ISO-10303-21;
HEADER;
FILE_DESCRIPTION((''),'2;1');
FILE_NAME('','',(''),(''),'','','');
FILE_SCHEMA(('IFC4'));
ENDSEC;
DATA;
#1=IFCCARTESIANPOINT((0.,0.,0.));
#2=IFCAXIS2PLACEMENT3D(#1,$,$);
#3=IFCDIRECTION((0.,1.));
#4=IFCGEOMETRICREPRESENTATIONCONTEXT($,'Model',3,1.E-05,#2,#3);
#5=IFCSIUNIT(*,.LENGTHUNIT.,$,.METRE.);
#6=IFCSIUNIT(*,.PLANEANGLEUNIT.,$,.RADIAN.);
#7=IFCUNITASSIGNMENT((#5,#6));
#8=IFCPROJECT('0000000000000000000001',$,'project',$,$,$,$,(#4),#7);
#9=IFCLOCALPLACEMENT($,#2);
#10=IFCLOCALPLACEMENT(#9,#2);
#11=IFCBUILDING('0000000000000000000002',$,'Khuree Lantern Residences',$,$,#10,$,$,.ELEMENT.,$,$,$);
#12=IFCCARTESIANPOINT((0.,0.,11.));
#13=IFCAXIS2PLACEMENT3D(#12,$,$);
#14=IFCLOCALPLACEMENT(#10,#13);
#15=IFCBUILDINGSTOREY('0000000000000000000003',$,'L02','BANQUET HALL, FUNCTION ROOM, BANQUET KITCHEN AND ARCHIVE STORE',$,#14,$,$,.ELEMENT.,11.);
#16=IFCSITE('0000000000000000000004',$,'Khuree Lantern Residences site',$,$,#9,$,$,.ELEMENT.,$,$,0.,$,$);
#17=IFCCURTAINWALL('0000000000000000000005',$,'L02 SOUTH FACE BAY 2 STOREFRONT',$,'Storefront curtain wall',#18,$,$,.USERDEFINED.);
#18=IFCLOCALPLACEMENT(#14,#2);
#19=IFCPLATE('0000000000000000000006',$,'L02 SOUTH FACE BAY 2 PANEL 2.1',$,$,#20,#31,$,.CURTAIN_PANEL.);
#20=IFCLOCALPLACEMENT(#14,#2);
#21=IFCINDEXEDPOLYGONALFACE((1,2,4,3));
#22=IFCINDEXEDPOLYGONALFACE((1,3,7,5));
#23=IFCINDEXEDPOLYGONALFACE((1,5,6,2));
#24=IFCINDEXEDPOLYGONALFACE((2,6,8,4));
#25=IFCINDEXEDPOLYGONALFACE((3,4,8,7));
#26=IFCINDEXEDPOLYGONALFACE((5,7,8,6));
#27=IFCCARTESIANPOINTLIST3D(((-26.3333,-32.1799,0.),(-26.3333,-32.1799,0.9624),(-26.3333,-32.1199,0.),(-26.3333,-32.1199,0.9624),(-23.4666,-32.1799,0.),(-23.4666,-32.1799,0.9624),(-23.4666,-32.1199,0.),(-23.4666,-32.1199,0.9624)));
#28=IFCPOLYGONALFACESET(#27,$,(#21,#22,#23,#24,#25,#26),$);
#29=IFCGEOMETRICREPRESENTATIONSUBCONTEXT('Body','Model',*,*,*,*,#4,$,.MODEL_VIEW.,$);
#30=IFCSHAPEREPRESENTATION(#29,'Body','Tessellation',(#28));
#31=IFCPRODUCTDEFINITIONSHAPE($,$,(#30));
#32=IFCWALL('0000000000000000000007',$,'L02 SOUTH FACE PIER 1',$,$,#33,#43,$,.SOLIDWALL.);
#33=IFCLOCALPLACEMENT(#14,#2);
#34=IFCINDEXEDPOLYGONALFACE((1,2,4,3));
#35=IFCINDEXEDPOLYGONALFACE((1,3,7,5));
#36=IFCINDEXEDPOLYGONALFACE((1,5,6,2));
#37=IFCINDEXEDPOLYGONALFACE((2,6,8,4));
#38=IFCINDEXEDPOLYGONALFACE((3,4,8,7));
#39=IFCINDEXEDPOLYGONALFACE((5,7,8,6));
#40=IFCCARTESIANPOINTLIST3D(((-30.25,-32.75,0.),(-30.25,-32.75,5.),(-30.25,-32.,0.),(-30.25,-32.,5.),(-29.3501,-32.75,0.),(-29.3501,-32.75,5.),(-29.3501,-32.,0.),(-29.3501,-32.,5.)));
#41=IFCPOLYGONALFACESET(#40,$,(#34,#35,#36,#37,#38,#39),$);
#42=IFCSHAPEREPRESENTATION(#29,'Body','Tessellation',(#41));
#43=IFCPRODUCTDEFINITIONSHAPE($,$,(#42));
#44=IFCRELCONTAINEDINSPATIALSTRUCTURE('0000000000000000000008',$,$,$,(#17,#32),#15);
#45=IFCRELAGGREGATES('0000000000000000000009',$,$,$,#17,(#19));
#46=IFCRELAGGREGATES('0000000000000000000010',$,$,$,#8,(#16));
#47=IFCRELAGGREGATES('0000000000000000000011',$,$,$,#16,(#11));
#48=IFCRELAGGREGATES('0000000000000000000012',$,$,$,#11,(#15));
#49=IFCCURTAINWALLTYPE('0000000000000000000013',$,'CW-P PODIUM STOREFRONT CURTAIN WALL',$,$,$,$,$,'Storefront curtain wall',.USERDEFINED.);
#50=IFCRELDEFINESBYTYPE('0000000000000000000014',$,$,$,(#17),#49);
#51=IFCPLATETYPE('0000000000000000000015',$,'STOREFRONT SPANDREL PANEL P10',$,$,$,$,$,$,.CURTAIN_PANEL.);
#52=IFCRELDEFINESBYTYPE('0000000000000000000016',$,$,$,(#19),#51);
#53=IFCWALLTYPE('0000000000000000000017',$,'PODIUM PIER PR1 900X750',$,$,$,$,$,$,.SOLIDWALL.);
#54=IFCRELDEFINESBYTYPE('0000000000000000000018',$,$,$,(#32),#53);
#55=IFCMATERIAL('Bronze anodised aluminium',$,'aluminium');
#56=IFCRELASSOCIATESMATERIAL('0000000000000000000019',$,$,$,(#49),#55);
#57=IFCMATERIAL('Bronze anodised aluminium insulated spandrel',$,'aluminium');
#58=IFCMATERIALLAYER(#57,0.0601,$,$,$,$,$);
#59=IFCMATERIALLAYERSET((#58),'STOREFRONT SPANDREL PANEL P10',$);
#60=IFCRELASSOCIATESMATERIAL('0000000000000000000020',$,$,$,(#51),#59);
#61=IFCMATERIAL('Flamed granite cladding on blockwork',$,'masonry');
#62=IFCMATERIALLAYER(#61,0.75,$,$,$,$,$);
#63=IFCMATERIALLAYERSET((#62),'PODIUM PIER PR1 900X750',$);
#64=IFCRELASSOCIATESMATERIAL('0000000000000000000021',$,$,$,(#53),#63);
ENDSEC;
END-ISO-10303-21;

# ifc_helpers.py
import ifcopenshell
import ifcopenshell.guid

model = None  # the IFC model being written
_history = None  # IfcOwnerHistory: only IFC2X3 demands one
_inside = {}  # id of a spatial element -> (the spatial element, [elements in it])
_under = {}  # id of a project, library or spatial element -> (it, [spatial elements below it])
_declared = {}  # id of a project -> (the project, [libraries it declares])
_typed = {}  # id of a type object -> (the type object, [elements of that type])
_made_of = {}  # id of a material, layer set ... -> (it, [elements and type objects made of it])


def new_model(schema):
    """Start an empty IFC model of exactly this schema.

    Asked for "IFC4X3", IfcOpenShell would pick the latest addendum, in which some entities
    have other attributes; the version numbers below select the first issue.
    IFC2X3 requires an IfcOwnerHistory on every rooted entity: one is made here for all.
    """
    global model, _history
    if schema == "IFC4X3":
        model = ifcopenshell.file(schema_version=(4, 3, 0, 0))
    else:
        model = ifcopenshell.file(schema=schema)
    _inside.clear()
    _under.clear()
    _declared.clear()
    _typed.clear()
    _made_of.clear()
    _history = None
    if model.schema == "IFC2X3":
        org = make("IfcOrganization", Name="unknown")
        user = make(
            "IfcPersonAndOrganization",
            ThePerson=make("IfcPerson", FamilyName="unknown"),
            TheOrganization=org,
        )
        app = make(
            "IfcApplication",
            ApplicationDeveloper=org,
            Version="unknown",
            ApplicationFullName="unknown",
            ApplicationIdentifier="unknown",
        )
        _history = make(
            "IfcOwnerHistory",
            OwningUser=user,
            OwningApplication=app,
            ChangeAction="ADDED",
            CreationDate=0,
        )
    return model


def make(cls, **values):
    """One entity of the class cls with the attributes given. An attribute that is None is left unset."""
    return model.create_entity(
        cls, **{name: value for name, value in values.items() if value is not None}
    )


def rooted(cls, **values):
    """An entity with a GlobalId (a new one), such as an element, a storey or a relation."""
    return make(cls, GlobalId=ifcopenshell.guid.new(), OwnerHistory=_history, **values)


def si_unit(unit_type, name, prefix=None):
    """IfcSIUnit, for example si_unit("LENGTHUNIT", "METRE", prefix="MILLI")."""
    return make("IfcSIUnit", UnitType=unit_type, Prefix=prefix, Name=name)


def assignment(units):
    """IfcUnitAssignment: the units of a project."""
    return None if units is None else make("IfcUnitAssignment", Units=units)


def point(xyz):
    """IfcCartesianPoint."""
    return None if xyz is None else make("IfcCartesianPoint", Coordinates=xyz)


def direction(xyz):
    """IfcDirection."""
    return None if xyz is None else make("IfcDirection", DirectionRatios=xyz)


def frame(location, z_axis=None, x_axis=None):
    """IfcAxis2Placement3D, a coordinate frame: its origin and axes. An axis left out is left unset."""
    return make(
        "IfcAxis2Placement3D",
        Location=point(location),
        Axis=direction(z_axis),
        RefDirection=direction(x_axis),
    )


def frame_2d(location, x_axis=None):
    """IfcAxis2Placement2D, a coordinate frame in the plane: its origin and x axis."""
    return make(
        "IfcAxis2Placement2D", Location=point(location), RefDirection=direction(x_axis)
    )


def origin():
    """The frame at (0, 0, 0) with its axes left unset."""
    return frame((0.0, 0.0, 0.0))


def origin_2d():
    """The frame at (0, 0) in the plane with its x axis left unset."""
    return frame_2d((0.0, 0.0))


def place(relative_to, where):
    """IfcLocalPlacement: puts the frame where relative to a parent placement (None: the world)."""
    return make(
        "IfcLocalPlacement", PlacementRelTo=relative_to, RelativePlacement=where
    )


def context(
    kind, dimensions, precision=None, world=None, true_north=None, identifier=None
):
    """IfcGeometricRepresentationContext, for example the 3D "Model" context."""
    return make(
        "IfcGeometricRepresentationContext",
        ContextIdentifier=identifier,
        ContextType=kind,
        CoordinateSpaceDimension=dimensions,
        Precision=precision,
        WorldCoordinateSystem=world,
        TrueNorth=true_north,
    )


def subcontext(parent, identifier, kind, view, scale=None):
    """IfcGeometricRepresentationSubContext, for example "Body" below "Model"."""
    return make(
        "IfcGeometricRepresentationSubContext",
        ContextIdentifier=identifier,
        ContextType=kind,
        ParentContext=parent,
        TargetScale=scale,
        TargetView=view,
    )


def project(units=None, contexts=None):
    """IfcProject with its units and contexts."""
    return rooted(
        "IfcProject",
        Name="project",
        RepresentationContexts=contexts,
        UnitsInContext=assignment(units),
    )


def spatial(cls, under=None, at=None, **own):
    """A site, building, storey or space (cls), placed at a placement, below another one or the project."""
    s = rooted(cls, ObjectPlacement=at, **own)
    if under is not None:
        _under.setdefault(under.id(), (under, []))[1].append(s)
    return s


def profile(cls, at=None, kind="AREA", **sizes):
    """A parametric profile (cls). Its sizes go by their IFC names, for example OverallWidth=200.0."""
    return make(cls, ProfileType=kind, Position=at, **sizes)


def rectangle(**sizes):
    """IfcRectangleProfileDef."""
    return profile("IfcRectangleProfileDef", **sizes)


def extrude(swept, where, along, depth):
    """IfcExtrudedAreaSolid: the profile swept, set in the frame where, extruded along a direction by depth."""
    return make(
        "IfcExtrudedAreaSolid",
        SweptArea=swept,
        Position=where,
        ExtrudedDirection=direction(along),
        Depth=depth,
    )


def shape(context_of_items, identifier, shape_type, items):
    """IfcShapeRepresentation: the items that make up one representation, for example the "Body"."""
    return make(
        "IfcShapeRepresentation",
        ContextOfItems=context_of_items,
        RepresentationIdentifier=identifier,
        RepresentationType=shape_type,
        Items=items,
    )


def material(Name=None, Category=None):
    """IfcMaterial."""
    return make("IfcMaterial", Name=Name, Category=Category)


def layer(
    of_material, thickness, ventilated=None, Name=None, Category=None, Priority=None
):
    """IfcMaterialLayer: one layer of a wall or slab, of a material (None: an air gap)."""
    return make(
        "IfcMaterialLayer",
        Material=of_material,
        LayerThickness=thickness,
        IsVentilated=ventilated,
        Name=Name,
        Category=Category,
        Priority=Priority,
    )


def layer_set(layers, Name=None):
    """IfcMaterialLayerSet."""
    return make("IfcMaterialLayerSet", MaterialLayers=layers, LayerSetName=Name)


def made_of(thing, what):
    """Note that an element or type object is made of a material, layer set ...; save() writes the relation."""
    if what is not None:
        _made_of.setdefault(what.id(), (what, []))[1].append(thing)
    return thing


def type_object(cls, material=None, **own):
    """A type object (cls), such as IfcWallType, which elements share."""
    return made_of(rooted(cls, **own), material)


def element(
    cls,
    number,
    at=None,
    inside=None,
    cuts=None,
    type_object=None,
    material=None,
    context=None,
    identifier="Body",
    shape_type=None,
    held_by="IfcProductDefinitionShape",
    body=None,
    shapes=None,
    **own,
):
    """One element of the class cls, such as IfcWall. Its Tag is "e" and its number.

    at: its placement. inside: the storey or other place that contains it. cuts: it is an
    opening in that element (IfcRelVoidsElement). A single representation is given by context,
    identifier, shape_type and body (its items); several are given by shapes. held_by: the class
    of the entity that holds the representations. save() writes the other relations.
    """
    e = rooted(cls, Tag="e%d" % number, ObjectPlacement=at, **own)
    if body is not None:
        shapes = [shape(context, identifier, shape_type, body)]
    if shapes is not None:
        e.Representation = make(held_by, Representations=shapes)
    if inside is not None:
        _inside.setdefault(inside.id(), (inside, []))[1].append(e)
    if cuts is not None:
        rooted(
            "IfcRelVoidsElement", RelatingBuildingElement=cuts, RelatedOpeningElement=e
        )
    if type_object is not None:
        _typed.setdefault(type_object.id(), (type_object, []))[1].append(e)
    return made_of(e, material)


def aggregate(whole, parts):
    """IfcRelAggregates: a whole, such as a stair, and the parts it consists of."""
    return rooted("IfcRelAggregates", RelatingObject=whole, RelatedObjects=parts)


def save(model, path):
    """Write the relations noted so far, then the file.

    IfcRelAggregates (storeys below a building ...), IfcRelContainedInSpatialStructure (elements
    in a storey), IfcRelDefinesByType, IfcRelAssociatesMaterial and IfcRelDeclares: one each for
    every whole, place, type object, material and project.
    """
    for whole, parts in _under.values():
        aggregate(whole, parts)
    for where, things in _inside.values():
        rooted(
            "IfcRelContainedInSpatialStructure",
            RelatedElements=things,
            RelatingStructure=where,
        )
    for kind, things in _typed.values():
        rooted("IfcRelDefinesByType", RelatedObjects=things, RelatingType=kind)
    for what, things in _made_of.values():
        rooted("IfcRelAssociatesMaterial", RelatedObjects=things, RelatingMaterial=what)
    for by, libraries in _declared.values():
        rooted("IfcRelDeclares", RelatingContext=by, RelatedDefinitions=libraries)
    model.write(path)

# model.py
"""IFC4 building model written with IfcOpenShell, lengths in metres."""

from ifc_helpers import new_model, si_unit, direction, frame, frame_2d, origin, origin_2d, place, context, subcontext, project, spatial, rectangle, extrude, material, layer, layer_set, type_object, element, aggregate, save


model = new_model("IFC4")

# Units and contexts
model_context = context("Model", 3, precision=1e-05, world=origin(), true_north=direction((0.0, 1.0)))
body_context = subcontext(model_context, "Body", "Model", "MODEL_VIEW")
ifc_project = project(units=[si_unit("LENGTHUNIT", "METRE"), si_unit("PLANEANGLEUNIT", "RADIAN")], contexts=[model_context])

# Site, building, storey
site_placement = place(None, origin())
site = spatial("IfcSite", under=ifc_project, at=site_placement, Name="Khuree Lantern Residences site", CompositionType="ELEMENT", RefElevation=0.0)
building_placement = place(site_placement, origin())
building = spatial("IfcBuilding", under=site, at=building_placement, Name="Khuree Lantern Residences", CompositionType="ELEMENT")
storey_placement = place(building_placement, frame((0.0, 0.0, 11.0)))
storey = spatial("IfcBuildingStorey", under=building, at=storey_placement, Name="L02", Description="BANQUET HALL, FUNCTION ROOM, BANQUET KITCHEN AND ARCHIVE STORE", CompositionType="ELEMENT", Elevation=11.0)

# Curtain wall
ifc_material_1 = material(Name="Bronze anodised aluminium", Category="aluminium")
curtain_wall_type = type_object("IfcCurtainWallType", Name="CW-P PODIUM STOREFRONT CURTAIN WALL", ElementType="Storefront curtain wall", PredefinedType="USERDEFINED", material=ifc_material_1)
curtain_wall_1_placement = place(storey_placement, origin())
curtain_wall_1 = element("IfcCurtainWall", 1, at=curtain_wall_1_placement, inside=storey, type_object=curtain_wall_type, Name="L02 SOUTH FACE BAY 2 STOREFRONT", ObjectType="Storefront curtain wall", PredefinedType="USERDEFINED")

# Plate
ifc_material_2 = material(Name="Bronze anodised aluminium insulated spandrel", Category="aluminium")
ifc_layer_1 = layer(ifc_material_2, 0.0601)
ifc_layer_set_1 = layer_set([ifc_layer_1], Name="STOREFRONT SPANDREL PANEL P10")
plate_type_1 = type_object("IfcPlateType", Name="STOREFRONT SPANDREL PANEL P10", PredefinedType="CURTAIN_PANEL", material=ifc_layer_set_1)
plate_1_placement = place(storey_placement, frame((-24.8999, -32.1499, 0.0), z_axis=(0.0, 0.0, 1.0), x_axis=(1.0, 0.0, 0.0)))
plate_1 = element("IfcPlate", 2, at=plate_1_placement, type_object=plate_type_1, Name="L02 SOUTH FACE BAY 2 PANEL 2.1", PredefinedType="CURTAIN_PANEL", context=body_context, shape_type="SweptSolid", body=[
    extrude(rectangle(XDim=2.8667, YDim=0.0601, at=origin_2d()), origin(), (0.0, 0.0, 1.0), 0.9624),
])
aggregate(curtain_wall_1, [plate_1])

# Wall
ifc_material_3 = material(Name="Flamed granite cladding on blockwork", Category="masonry")
ifc_layer_2 = layer(ifc_material_3, 0.75)
ifc_layer_set_2 = layer_set([ifc_layer_2], Name="PODIUM PIER PR1 900X750")
wall_type = type_object("IfcWallType", Name="PODIUM PIER PR1 900X750", PredefinedType="SOLIDWALL", material=ifc_layer_set_2)
wall_placement = place(storey_placement, frame((-30.25, -32.375, 0.0), z_axis=(0.0, 0.0, 1.0), x_axis=(1.0, 0.0, 0.0)))
element("IfcWall", 3, at=wall_placement, inside=storey, type_object=wall_type, Name="L02 SOUTH FACE PIER 1", PredefinedType="SOLIDWALL", context=body_context, shape_type="SweptSolid", body=[
    extrude(rectangle(XDim=0.8999, YDim=0.75, at=frame_2d((0.45, 0.0))), origin(), (0.0, 0.0, 1.0), 5.0),
])

save(model, "model.ifc")
